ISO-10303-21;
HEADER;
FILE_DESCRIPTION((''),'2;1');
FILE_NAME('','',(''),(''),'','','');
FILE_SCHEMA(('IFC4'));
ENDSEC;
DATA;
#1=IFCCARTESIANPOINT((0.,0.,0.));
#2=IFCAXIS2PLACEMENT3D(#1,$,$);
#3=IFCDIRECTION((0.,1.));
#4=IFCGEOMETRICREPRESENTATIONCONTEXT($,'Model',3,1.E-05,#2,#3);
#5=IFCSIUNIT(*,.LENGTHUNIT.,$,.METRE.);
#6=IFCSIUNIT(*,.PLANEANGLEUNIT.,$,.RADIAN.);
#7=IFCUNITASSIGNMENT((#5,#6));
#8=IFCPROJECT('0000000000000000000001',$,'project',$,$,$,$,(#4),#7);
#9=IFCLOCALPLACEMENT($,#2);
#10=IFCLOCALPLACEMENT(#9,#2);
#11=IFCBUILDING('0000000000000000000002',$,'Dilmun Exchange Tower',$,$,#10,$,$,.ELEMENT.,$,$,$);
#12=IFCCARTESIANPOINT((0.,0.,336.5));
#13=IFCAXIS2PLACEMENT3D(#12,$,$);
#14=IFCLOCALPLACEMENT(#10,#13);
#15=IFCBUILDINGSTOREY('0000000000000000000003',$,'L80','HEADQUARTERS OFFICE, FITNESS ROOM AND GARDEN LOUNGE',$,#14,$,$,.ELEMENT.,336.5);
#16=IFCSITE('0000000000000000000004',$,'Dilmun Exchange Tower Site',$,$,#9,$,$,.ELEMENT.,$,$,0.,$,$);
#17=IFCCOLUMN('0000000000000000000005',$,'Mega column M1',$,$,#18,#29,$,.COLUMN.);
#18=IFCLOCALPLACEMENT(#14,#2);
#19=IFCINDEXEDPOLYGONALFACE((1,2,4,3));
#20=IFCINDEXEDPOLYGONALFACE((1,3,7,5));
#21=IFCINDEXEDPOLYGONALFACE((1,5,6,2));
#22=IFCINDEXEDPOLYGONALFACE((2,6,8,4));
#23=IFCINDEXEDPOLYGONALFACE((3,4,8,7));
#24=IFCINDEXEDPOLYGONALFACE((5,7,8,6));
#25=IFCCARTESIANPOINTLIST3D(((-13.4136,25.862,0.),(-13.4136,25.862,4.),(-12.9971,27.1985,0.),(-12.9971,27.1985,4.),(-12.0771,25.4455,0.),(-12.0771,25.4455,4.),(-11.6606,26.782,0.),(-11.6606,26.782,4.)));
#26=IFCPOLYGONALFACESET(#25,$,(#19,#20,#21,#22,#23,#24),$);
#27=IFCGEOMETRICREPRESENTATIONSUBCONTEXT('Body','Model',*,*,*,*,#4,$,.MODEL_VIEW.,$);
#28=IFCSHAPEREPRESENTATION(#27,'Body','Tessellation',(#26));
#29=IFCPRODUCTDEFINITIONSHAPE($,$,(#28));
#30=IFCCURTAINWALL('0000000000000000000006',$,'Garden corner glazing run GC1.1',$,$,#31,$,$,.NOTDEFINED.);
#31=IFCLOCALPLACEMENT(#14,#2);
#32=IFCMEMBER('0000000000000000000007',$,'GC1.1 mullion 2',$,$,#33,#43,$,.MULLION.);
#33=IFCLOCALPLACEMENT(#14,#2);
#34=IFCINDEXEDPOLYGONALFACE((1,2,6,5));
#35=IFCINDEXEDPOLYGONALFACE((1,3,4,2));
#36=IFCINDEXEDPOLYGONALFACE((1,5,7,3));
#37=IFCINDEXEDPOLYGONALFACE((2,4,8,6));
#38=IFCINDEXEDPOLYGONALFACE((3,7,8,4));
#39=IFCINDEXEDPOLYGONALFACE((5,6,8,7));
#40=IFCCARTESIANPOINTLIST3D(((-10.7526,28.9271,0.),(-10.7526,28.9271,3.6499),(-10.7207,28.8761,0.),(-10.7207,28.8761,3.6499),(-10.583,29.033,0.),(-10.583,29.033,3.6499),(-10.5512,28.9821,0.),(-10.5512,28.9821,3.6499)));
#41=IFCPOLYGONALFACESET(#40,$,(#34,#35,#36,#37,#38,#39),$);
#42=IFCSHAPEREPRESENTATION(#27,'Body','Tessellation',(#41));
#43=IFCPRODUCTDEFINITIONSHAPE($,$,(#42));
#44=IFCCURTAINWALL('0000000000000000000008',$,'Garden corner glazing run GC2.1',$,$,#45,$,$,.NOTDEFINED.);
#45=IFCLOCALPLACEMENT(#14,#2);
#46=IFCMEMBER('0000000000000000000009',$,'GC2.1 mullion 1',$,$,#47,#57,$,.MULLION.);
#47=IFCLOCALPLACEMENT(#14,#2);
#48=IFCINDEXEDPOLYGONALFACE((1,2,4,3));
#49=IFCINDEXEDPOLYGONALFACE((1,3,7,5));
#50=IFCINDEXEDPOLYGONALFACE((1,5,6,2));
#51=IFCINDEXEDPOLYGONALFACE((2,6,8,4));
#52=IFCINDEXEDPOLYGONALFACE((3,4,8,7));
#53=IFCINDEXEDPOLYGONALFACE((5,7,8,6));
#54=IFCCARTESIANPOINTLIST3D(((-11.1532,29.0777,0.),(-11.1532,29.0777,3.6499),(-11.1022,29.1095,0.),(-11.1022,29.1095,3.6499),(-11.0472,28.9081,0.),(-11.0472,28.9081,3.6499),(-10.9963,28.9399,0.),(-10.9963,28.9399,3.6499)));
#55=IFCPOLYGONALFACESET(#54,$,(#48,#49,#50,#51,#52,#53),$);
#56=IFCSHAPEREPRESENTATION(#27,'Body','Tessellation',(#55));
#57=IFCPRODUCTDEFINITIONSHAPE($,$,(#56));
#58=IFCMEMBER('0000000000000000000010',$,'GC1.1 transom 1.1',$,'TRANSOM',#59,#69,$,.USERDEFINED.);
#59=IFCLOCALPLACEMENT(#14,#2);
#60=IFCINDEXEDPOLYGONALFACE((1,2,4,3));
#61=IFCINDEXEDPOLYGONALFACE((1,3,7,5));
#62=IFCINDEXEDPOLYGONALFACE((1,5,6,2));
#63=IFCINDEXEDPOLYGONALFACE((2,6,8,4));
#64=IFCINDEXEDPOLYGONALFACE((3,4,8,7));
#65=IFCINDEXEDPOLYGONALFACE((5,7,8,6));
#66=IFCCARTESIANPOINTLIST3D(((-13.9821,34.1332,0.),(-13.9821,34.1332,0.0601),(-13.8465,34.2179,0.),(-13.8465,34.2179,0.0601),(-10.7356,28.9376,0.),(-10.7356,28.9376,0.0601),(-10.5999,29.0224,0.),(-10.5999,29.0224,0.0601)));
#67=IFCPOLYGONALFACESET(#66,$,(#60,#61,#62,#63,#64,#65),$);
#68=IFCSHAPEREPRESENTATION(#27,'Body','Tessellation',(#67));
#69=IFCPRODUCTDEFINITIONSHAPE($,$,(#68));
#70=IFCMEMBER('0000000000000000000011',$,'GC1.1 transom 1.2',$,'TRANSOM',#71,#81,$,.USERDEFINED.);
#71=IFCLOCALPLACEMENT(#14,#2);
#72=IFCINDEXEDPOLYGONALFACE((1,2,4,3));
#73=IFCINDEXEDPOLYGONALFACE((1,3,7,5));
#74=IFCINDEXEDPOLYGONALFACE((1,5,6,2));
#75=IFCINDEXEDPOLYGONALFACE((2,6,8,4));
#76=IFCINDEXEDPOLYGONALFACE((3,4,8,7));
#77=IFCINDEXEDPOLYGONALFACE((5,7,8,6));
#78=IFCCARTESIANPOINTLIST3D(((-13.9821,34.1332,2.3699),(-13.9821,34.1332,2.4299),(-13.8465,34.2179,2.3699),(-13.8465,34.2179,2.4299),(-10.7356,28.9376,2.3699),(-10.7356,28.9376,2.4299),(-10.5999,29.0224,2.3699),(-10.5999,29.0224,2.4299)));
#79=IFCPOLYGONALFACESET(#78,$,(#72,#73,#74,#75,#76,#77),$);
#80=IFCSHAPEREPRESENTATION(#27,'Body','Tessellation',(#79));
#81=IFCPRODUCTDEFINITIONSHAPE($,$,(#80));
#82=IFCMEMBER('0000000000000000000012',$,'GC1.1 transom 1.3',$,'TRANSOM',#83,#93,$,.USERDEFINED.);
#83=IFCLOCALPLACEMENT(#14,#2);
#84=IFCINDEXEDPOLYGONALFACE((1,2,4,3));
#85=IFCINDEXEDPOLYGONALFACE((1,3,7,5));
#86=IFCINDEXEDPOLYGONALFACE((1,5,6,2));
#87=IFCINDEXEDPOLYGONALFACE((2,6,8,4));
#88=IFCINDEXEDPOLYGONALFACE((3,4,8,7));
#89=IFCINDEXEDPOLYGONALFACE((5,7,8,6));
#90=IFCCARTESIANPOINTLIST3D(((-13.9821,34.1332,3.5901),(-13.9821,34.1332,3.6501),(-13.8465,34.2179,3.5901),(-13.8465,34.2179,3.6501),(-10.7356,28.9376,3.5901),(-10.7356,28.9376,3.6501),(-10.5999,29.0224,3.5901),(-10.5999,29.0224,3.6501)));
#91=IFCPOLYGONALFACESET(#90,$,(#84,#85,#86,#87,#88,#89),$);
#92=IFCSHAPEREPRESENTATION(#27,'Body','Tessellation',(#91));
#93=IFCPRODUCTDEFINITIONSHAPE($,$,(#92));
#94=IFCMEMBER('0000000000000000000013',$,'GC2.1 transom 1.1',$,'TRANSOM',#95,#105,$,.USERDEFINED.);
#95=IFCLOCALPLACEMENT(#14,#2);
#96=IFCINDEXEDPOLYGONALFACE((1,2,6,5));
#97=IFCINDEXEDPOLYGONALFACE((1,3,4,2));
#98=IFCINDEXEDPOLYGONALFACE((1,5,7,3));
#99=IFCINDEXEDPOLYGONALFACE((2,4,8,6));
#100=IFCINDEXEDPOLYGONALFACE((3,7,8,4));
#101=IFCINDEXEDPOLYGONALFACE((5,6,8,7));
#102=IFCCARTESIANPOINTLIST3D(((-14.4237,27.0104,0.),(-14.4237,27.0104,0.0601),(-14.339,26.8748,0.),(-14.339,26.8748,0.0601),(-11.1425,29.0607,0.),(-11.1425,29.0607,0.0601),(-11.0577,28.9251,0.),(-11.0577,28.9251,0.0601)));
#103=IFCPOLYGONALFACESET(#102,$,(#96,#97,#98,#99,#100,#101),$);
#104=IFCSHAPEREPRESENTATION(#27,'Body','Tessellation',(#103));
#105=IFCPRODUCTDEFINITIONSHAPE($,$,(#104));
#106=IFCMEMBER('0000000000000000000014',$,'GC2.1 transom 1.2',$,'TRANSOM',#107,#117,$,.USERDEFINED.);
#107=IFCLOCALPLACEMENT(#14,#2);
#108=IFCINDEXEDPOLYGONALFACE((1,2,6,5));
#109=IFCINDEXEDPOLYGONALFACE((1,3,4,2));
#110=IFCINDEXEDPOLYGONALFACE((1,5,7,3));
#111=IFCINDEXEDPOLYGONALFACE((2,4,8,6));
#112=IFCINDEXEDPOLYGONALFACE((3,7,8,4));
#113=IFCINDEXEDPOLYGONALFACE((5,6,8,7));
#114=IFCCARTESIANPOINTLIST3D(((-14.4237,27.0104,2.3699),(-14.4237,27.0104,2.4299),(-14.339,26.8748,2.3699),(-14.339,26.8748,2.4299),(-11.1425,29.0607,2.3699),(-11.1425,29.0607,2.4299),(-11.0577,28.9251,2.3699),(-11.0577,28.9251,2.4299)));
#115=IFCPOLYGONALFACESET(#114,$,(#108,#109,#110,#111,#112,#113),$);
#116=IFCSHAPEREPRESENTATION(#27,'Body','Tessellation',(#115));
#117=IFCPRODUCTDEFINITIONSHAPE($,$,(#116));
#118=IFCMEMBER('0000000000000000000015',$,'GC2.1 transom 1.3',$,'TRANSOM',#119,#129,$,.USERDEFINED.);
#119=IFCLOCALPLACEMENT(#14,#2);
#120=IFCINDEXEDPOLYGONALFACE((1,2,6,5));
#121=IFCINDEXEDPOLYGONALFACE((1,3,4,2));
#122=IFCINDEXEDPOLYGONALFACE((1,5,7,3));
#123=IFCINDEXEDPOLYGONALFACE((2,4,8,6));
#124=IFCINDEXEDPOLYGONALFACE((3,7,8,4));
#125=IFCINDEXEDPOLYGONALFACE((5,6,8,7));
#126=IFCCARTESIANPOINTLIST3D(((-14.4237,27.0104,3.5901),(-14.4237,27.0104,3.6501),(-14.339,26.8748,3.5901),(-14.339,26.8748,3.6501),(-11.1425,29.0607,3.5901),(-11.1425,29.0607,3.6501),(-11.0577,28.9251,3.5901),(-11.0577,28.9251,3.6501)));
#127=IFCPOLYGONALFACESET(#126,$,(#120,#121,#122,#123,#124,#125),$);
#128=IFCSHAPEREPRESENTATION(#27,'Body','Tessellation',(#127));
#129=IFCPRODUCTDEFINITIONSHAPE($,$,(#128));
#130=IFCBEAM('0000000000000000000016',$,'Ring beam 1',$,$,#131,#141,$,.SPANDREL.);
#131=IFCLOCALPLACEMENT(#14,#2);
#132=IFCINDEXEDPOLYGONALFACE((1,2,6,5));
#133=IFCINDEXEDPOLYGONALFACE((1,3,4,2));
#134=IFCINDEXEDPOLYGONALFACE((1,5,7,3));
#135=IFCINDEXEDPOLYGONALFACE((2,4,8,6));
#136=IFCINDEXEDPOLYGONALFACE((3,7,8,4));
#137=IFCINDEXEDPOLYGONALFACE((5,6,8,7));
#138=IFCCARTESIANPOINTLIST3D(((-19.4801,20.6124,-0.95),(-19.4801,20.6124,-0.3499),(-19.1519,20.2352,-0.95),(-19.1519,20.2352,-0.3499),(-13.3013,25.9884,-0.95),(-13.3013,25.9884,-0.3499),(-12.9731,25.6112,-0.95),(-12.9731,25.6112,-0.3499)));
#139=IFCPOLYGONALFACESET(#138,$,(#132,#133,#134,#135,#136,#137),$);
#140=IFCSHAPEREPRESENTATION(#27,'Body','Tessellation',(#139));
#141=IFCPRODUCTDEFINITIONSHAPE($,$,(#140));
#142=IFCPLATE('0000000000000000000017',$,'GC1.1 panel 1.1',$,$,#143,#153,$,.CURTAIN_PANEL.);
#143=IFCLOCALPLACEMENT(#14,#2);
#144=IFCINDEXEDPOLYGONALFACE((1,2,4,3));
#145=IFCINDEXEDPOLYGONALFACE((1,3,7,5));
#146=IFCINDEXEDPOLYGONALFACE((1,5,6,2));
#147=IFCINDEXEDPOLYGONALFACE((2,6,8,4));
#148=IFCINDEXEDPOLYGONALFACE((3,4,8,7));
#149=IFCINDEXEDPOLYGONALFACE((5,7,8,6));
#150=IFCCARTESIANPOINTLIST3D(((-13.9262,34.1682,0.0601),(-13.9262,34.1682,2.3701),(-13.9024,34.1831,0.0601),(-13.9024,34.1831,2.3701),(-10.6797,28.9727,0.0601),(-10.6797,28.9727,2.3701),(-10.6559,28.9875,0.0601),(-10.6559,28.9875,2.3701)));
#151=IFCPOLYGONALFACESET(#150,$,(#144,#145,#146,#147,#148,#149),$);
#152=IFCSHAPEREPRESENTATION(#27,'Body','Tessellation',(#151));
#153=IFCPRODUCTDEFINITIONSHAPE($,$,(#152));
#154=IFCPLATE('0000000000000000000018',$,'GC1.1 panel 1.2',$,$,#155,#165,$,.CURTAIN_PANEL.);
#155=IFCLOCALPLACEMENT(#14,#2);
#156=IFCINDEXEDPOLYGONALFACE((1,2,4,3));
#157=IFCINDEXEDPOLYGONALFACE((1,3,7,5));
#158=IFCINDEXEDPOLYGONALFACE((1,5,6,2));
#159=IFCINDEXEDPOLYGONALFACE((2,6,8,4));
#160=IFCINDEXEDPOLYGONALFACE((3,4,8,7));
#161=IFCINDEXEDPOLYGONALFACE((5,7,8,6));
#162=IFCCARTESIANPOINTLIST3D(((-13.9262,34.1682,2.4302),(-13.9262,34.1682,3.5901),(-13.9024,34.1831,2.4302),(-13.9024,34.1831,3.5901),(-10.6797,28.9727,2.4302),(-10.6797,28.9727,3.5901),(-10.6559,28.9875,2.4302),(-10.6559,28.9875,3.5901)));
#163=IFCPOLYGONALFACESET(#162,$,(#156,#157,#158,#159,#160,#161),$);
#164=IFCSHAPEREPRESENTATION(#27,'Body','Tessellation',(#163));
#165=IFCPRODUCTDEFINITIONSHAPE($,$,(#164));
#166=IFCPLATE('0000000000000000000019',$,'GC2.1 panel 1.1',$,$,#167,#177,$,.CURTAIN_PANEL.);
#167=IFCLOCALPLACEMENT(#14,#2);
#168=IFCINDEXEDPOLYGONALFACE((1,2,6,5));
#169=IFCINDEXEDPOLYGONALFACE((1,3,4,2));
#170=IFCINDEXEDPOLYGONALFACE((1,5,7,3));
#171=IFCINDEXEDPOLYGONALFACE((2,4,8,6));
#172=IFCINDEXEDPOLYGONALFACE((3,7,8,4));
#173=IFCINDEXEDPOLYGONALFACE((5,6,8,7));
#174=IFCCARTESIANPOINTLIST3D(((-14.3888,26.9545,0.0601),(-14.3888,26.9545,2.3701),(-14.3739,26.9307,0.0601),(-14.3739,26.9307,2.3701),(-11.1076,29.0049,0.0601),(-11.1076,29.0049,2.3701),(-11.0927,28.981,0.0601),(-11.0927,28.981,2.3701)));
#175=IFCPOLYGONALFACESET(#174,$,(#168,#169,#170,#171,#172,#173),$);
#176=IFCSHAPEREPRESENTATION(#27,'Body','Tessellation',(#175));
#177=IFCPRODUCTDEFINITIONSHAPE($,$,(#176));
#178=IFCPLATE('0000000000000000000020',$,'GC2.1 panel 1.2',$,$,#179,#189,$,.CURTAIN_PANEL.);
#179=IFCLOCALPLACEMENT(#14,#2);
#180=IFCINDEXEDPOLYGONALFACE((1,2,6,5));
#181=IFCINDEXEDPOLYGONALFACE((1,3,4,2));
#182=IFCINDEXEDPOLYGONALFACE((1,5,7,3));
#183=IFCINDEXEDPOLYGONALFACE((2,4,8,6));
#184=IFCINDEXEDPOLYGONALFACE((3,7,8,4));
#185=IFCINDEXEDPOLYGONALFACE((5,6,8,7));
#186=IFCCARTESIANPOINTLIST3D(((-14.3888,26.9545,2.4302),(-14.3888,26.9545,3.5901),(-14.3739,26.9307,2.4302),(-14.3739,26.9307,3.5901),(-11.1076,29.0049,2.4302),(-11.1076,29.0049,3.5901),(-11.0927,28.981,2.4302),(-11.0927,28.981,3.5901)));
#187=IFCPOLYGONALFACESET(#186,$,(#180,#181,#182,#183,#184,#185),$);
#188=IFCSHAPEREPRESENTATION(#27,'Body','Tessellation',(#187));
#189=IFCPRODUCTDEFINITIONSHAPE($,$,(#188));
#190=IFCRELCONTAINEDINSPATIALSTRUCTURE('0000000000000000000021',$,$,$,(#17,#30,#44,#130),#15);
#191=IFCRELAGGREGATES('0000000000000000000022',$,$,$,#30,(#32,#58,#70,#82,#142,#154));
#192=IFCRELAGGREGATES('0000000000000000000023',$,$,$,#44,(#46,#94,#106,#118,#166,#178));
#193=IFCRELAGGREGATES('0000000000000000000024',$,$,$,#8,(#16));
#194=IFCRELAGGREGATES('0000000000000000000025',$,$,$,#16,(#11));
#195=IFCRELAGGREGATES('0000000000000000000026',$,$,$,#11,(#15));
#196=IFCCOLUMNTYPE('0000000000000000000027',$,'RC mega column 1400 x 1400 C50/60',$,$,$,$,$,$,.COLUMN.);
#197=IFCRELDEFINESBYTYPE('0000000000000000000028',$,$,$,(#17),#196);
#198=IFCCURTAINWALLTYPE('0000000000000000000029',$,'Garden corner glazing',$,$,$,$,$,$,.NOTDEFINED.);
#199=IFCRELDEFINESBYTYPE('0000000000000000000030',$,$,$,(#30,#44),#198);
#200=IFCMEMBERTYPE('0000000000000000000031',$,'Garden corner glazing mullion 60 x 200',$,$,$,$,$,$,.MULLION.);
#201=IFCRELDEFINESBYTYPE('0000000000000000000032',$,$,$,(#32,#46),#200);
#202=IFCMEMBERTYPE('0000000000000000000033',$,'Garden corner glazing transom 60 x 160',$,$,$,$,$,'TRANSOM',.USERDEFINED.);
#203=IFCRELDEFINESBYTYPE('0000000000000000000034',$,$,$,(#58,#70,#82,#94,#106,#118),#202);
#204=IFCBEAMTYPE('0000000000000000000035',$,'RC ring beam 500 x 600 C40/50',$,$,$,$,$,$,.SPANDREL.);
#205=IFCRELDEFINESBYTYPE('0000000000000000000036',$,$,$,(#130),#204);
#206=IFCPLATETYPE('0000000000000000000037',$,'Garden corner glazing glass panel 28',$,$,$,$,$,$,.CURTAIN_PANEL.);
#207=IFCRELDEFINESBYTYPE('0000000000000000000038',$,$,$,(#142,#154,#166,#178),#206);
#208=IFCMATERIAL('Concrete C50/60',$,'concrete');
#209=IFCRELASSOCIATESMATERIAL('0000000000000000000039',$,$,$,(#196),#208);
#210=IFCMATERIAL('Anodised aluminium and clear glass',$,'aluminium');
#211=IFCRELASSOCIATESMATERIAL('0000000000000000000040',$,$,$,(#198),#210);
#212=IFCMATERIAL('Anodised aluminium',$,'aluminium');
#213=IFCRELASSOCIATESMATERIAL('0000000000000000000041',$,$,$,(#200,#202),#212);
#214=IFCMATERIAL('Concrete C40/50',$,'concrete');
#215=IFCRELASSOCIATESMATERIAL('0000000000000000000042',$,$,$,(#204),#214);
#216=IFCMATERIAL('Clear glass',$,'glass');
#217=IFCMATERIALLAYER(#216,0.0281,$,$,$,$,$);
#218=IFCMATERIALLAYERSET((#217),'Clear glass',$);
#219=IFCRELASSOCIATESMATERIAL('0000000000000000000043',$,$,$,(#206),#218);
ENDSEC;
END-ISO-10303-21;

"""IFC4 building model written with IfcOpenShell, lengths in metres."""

from ifc_helpers import new_model, si_unit, direction, frame, origin, origin_2d, place, context, subcontext, project, spatial, rectangle, extrude, material, layer, layer_set, material_profile, profile_set, type_object, element, aggregate, save


model = new_model("IFC4")

# Units and contexts
model_context = context("Model", 3, precision=1e-05, world=origin(), true_north=direction((0.0, 1.0)))
body_context = subcontext(model_context, "Body", "Model", "MODEL_VIEW")
ifc_project = project(units=[si_unit("LENGTHUNIT", "METRE"), si_unit("PLANEANGLEUNIT", "RADIAN")], contexts=[model_context])

# Site, building, storey
site_placement = place(None, origin())
site = spatial("IfcSite", under=ifc_project, at=site_placement, Name="Dilmun Exchange Tower Site", CompositionType="ELEMENT", RefElevation=0.0)
building_placement = place(site_placement, origin())
building = spatial("IfcBuilding", under=site, at=building_placement, Name="Dilmun Exchange Tower", CompositionType="ELEMENT")
storey_placement = place(building_placement, frame((0.0, 0.0, 336.5)))
storey = spatial("IfcBuildingStorey", under=building, at=storey_placement, Name="L80", Description="HEADQUARTERS OFFICE, FITNESS ROOM AND GARDEN LOUNGE", CompositionType="ELEMENT", Elevation=336.5)

# Column
ifc_material_1 = material(Name="Concrete C50/60", Category="concrete")
ifc_material_profile_1 = material_profile(ifc_material_1, rectangle(XDim=1.3999, YDim=1.3999, at=origin_2d()), Name="1400 x 1400")
ifc_profile_set_1 = profile_set([ifc_material_profile_1], Name="Concrete C50/60")
column_type = type_object("IfcColumnType", Name="RC mega column 1400 x 1400 C50/60", PredefinedType="COLUMN", material=ifc_profile_set_1)
column_placement = place(storey_placement, frame((-12.5371, 26.322, 0.0), z_axis=(0.0, 0.0, 1.0), x_axis=(0.297503, 0.954721, 0.0)))
element("IfcColumn", 1, at=column_placement, inside=storey, type_object=column_type, Name="Mega column M1", PredefinedType="COLUMN", context=body_context, shape_type="SweptSolid", body=[
    extrude(rectangle(XDim=1.3999, YDim=1.3999, at=origin_2d()), origin(), (0.0, 0.0, 1.0), 4.0),
])

# Curtain walls, members
ifc_material_2 = material(Name="Anodised aluminium and clear glass", Category="aluminium")
curtain_wall_type = type_object("IfcCurtainWallType", Name="Garden corner glazing", PredefinedType="NOTDEFINED", material=ifc_material_2)
curtain_wall_1_placement = place(storey_placement, origin())
curtain_wall_1 = element("IfcCurtainWall", 2, at=curtain_wall_1_placement, inside=storey, type_object=curtain_wall_type, Name="Garden corner glazing run GC1.1", PredefinedType="NOTDEFINED")
ifc_material_3 = material(Name="Anodised aluminium", Category="aluminium")
ifc_material_profile_2 = material_profile(ifc_material_3, rectangle(XDim=0.2, YDim=0.0601, at=origin_2d()), Name="AL 60x200")
ifc_profile_set_2 = profile_set([ifc_material_profile_2], Name="Anodised aluminium")
member_type_1 = type_object("IfcMemberType", Name="Garden corner glazing mullion 60 x 200", PredefinedType="MULLION", material=ifc_profile_set_2)
member_1_placement = place(storey_placement, frame((-10.6519, 28.9546, 0.0), z_axis=(0.0, 0.0, 1.0), x_axis=(0.84805, 0.529917, 0.0)))
member_1 = element("IfcMember", 3, at=member_1_placement, type_object=member_type_1, Name="GC1.1 mullion 2", PredefinedType="MULLION", context=body_context, shape_type="SweptSolid", body=[
    extrude(rectangle(XDim=0.2, YDim=0.0601, at=origin_2d()), origin(), (0.0, 0.0, 1.0), 3.6499),
])
curtain_wall_2_placement = place(storey_placement, origin())
curtain_wall_2 = element("IfcCurtainWall", 4, at=curtain_wall_2_placement, inside=storey, type_object=curtain_wall_type, Name="Garden corner glazing run GC2.1", PredefinedType="NOTDEFINED")
member_2_placement = place(storey_placement, frame((-11.0747, 29.0088, 0.0), z_axis=(0.0, 0.0, 1.0), x_axis=(0.529925, -0.848045, 0.0)))
member_2 = element("IfcMember", 5, at=member_2_placement, type_object=member_type_1, Name="GC2.1 mullion 1", PredefinedType="MULLION", context=body_context, shape_type="SweptSolid", body=[
    extrude(rectangle(XDim=0.2, YDim=0.0601, at=origin_2d()), origin(), (0.0, 0.0, 1.0), 3.6499),
])

# Members
ifc_material_profile_3 = material_profile(ifc_material_3, rectangle(XDim=0.1599, YDim=0.0601, at=origin_2d()), Name="AL 60x160")
ifc_profile_set_3 = profile_set([ifc_material_profile_3], Name="Anodised aluminium")
member_type_2 = type_object("IfcMemberType", Name="Garden corner glazing transom 60 x 160", ElementType="TRANSOM", PredefinedType="USERDEFINED", material=ifc_profile_set_3)
member_3_placement = place(storey_placement, frame((-13.9143, 34.1755, 0.03), z_axis=(0.529924, -0.848045, 0.0), x_axis=(0.848045, 0.529924, 0.0)))
member_3 = element("IfcMember", 6, at=member_3_placement, type_object=member_type_2, Name="GC1.1 transom 1.1", ObjectType="TRANSOM", PredefinedType="USERDEFINED", context=body_context, shape_type="SweptSolid", body=[
    extrude(rectangle(XDim=0.1599, YDim=0.0601, at=origin_2d()), origin(), (0.0, 0.0, 1.0), 6.1265),
])
member_4_placement = place(storey_placement, frame((-13.9143, 34.1755, 2.3999), z_axis=(0.529924, -0.848045, 0.0), x_axis=(0.848045, 0.529924, 0.0)))
member_4 = element("IfcMember", 7, at=member_4_placement, type_object=member_type_2, Name="GC1.1 transom 1.2", ObjectType="TRANSOM", PredefinedType="USERDEFINED", context=body_context, shape_type="SweptSolid", body=[
    extrude(rectangle(XDim=0.1599, YDim=0.0601, at=origin_2d()), origin(), (0.0, 0.0, 1.0), 6.1265),
])
member_5_placement = place(storey_placement, frame((-13.9143, 34.1755, 3.6201), z_axis=(0.529924, -0.848045, 0.0), x_axis=(0.848045, 0.529924, 0.0)))
member_5 = element("IfcMember", 8, at=member_5_placement, type_object=member_type_2, Name="GC1.1 transom 1.3", ObjectType="TRANSOM", PredefinedType="USERDEFINED", context=body_context, shape_type="SweptSolid", body=[
    extrude(rectangle(XDim=0.1599, YDim=0.0601, at=origin_2d()), origin(), (0.0, 0.0, 1.0), 6.1265),
])
member_6_placement = place(storey_placement, frame((-11.1001, 28.9929, 0.03), z_axis=(-0.848055, -0.529908, 0.0), x_axis=(0.529908, -0.848055, 0.0)))
member_6 = element("IfcMember", 9, at=member_6_placement, type_object=member_type_2, Name="GC2.1 transom 1.1", ObjectType="TRANSOM", PredefinedType="USERDEFINED", context=body_context, shape_type="SweptSolid", body=[
    extrude(rectangle(XDim=0.1599, YDim=0.0601, at=origin_2d()), origin(), (0.0, 0.0, 1.0), 3.8691),
])
member_7_placement = place(storey_placement, frame((-11.1001, 28.9929, 2.3999), z_axis=(-0.848055, -0.529908, 0.0), x_axis=(0.529908, -0.848055, 0.0)))
member_7 = element("IfcMember", 10, at=member_7_placement, type_object=member_type_2, Name="GC2.1 transom 1.2", ObjectType="TRANSOM", PredefinedType="USERDEFINED", context=body_context, shape_type="SweptSolid", body=[
    extrude(rectangle(XDim=0.1599, YDim=0.0601, at=origin_2d()), origin(), (0.0, 0.0, 1.0), 3.8691),
])
member_8_placement = place(storey_placement, frame((-11.1001, 28.9929, 3.6201), z_axis=(-0.848055, -0.529908, 0.0), x_axis=(0.529908, -0.848055, 0.0)))
member_8 = element("IfcMember", 11, at=member_8_placement, type_object=member_type_2, Name="GC2.1 transom 1.3", ObjectType="TRANSOM", PredefinedType="USERDEFINED", context=body_context, shape_type="SweptSolid", body=[
    extrude(rectangle(XDim=0.1599, YDim=0.0601, at=origin_2d()), origin(), (0.0, 0.0, 1.0), 3.8691),
])

# Beam
ifc_material_4 = material(Name="Concrete C40/50", Category="concrete")
ifc_material_profile_4 = material_profile(ifc_material_4, rectangle(XDim=0.5, YDim=0.6001, at=origin_2d()), Name="500 x 600")
ifc_profile_set_4 = profile_set([ifc_material_profile_4], Name="Concrete C40/50")
beam_type = type_object("IfcBeamType", Name="RC ring beam 500 x 600 C40/50", PredefinedType="SPANDREL", material=ifc_profile_set_4)
beam_placement = place(storey_placement, frame((-13.1372, 25.7998, -0.6499), z_axis=(-0.754413, -0.6564, 0.0), x_axis=(0.6564, -0.754413, 0.0)))
element("IfcBeam", 12, at=beam_placement, inside=storey, type_object=beam_type, Name="Ring beam 1", PredefinedType="SPANDREL", context=body_context, shape_type="SweptSolid", body=[
    extrude(rectangle(XDim=0.5, YDim=0.6001, at=origin_2d()), origin(), (0.0, 0.0, 1.0), 8.1902),
])

# Plates
ifc_material_5 = material(Name="Clear glass", Category="glass")
ifc_layer = layer(ifc_material_5, 0.0281)
ifc_layer_set = layer_set([ifc_layer], Name="Clear glass")
plate_type = type_object("IfcPlateType", Name="Garden corner glazing glass panel 28", PredefinedType="CURTAIN_PANEL", material=ifc_layer_set)
plate_1_placement = place(storey_placement, frame((-12.291, 31.5779, 0.0601), z_axis=(0.0, 0.0, 1.0), x_axis=(0.529917, -0.84805, 0.0)))
plate_1 = element("IfcPlate", 13, at=plate_1_placement, type_object=plate_type, Name="GC1.1 panel 1.1", PredefinedType="CURTAIN_PANEL", context=body_context, shape_type="SweptSolid", body=[
    extrude(rectangle(XDim=6.1265, YDim=0.0281, at=origin_2d()), origin(), (0.0, 0.0, 1.0), 2.3101),
])
plate_2_placement = place(storey_placement, frame((-12.291, 31.5779, 2.4302), z_axis=(0.0, 0.0, 1.0), x_axis=(0.529917, -0.84805, 0.0)))
plate_2 = element("IfcPlate", 14, at=plate_2_placement, type_object=plate_type, Name="GC1.1 panel 1.2", PredefinedType="CURTAIN_PANEL", context=body_context, shape_type="SweptSolid", body=[
    extrude(rectangle(XDim=6.1265, YDim=0.0281, at=origin_2d()), origin(), (0.0, 0.0, 1.0), 1.1599),
])
aggregate(curtain_wall_1, [member_1, member_3, member_4, member_5, plate_1, plate_2])
plate_3_placement = place(storey_placement, frame((-12.7407, 27.9678, 0.0601), z_axis=(0.0, 0.0, 1.0), x_axis=(-0.848045, -0.529925, 0.0)))
plate_3 = element("IfcPlate", 15, at=plate_3_placement, type_object=plate_type, Name="GC2.1 panel 1.1", PredefinedType="CURTAIN_PANEL", context=body_context, shape_type="SweptSolid", body=[
    extrude(rectangle(XDim=3.8691, YDim=0.0281, at=origin_2d()), origin(), (0.0, 0.0, 1.0), 2.3101),
])
plate_4_placement = place(storey_placement, frame((-12.7407, 27.9678, 2.4302), z_axis=(0.0, 0.0, 1.0), x_axis=(-0.848045, -0.529925, 0.0)))
plate_4 = element("IfcPlate", 16, at=plate_4_placement, type_object=plate_type, Name="GC2.1 panel 1.2", PredefinedType="CURTAIN_PANEL", context=body_context, shape_type="SweptSolid", body=[
    extrude(rectangle(XDim=3.8691, YDim=0.0281, at=origin_2d()), origin(), (0.0, 0.0, 1.0), 1.1599),
])
aggregate(curtain_wall_2, [member_2, member_6, member_7, member_8, plate_3, plate_4])

save(model, "model.ifc")
